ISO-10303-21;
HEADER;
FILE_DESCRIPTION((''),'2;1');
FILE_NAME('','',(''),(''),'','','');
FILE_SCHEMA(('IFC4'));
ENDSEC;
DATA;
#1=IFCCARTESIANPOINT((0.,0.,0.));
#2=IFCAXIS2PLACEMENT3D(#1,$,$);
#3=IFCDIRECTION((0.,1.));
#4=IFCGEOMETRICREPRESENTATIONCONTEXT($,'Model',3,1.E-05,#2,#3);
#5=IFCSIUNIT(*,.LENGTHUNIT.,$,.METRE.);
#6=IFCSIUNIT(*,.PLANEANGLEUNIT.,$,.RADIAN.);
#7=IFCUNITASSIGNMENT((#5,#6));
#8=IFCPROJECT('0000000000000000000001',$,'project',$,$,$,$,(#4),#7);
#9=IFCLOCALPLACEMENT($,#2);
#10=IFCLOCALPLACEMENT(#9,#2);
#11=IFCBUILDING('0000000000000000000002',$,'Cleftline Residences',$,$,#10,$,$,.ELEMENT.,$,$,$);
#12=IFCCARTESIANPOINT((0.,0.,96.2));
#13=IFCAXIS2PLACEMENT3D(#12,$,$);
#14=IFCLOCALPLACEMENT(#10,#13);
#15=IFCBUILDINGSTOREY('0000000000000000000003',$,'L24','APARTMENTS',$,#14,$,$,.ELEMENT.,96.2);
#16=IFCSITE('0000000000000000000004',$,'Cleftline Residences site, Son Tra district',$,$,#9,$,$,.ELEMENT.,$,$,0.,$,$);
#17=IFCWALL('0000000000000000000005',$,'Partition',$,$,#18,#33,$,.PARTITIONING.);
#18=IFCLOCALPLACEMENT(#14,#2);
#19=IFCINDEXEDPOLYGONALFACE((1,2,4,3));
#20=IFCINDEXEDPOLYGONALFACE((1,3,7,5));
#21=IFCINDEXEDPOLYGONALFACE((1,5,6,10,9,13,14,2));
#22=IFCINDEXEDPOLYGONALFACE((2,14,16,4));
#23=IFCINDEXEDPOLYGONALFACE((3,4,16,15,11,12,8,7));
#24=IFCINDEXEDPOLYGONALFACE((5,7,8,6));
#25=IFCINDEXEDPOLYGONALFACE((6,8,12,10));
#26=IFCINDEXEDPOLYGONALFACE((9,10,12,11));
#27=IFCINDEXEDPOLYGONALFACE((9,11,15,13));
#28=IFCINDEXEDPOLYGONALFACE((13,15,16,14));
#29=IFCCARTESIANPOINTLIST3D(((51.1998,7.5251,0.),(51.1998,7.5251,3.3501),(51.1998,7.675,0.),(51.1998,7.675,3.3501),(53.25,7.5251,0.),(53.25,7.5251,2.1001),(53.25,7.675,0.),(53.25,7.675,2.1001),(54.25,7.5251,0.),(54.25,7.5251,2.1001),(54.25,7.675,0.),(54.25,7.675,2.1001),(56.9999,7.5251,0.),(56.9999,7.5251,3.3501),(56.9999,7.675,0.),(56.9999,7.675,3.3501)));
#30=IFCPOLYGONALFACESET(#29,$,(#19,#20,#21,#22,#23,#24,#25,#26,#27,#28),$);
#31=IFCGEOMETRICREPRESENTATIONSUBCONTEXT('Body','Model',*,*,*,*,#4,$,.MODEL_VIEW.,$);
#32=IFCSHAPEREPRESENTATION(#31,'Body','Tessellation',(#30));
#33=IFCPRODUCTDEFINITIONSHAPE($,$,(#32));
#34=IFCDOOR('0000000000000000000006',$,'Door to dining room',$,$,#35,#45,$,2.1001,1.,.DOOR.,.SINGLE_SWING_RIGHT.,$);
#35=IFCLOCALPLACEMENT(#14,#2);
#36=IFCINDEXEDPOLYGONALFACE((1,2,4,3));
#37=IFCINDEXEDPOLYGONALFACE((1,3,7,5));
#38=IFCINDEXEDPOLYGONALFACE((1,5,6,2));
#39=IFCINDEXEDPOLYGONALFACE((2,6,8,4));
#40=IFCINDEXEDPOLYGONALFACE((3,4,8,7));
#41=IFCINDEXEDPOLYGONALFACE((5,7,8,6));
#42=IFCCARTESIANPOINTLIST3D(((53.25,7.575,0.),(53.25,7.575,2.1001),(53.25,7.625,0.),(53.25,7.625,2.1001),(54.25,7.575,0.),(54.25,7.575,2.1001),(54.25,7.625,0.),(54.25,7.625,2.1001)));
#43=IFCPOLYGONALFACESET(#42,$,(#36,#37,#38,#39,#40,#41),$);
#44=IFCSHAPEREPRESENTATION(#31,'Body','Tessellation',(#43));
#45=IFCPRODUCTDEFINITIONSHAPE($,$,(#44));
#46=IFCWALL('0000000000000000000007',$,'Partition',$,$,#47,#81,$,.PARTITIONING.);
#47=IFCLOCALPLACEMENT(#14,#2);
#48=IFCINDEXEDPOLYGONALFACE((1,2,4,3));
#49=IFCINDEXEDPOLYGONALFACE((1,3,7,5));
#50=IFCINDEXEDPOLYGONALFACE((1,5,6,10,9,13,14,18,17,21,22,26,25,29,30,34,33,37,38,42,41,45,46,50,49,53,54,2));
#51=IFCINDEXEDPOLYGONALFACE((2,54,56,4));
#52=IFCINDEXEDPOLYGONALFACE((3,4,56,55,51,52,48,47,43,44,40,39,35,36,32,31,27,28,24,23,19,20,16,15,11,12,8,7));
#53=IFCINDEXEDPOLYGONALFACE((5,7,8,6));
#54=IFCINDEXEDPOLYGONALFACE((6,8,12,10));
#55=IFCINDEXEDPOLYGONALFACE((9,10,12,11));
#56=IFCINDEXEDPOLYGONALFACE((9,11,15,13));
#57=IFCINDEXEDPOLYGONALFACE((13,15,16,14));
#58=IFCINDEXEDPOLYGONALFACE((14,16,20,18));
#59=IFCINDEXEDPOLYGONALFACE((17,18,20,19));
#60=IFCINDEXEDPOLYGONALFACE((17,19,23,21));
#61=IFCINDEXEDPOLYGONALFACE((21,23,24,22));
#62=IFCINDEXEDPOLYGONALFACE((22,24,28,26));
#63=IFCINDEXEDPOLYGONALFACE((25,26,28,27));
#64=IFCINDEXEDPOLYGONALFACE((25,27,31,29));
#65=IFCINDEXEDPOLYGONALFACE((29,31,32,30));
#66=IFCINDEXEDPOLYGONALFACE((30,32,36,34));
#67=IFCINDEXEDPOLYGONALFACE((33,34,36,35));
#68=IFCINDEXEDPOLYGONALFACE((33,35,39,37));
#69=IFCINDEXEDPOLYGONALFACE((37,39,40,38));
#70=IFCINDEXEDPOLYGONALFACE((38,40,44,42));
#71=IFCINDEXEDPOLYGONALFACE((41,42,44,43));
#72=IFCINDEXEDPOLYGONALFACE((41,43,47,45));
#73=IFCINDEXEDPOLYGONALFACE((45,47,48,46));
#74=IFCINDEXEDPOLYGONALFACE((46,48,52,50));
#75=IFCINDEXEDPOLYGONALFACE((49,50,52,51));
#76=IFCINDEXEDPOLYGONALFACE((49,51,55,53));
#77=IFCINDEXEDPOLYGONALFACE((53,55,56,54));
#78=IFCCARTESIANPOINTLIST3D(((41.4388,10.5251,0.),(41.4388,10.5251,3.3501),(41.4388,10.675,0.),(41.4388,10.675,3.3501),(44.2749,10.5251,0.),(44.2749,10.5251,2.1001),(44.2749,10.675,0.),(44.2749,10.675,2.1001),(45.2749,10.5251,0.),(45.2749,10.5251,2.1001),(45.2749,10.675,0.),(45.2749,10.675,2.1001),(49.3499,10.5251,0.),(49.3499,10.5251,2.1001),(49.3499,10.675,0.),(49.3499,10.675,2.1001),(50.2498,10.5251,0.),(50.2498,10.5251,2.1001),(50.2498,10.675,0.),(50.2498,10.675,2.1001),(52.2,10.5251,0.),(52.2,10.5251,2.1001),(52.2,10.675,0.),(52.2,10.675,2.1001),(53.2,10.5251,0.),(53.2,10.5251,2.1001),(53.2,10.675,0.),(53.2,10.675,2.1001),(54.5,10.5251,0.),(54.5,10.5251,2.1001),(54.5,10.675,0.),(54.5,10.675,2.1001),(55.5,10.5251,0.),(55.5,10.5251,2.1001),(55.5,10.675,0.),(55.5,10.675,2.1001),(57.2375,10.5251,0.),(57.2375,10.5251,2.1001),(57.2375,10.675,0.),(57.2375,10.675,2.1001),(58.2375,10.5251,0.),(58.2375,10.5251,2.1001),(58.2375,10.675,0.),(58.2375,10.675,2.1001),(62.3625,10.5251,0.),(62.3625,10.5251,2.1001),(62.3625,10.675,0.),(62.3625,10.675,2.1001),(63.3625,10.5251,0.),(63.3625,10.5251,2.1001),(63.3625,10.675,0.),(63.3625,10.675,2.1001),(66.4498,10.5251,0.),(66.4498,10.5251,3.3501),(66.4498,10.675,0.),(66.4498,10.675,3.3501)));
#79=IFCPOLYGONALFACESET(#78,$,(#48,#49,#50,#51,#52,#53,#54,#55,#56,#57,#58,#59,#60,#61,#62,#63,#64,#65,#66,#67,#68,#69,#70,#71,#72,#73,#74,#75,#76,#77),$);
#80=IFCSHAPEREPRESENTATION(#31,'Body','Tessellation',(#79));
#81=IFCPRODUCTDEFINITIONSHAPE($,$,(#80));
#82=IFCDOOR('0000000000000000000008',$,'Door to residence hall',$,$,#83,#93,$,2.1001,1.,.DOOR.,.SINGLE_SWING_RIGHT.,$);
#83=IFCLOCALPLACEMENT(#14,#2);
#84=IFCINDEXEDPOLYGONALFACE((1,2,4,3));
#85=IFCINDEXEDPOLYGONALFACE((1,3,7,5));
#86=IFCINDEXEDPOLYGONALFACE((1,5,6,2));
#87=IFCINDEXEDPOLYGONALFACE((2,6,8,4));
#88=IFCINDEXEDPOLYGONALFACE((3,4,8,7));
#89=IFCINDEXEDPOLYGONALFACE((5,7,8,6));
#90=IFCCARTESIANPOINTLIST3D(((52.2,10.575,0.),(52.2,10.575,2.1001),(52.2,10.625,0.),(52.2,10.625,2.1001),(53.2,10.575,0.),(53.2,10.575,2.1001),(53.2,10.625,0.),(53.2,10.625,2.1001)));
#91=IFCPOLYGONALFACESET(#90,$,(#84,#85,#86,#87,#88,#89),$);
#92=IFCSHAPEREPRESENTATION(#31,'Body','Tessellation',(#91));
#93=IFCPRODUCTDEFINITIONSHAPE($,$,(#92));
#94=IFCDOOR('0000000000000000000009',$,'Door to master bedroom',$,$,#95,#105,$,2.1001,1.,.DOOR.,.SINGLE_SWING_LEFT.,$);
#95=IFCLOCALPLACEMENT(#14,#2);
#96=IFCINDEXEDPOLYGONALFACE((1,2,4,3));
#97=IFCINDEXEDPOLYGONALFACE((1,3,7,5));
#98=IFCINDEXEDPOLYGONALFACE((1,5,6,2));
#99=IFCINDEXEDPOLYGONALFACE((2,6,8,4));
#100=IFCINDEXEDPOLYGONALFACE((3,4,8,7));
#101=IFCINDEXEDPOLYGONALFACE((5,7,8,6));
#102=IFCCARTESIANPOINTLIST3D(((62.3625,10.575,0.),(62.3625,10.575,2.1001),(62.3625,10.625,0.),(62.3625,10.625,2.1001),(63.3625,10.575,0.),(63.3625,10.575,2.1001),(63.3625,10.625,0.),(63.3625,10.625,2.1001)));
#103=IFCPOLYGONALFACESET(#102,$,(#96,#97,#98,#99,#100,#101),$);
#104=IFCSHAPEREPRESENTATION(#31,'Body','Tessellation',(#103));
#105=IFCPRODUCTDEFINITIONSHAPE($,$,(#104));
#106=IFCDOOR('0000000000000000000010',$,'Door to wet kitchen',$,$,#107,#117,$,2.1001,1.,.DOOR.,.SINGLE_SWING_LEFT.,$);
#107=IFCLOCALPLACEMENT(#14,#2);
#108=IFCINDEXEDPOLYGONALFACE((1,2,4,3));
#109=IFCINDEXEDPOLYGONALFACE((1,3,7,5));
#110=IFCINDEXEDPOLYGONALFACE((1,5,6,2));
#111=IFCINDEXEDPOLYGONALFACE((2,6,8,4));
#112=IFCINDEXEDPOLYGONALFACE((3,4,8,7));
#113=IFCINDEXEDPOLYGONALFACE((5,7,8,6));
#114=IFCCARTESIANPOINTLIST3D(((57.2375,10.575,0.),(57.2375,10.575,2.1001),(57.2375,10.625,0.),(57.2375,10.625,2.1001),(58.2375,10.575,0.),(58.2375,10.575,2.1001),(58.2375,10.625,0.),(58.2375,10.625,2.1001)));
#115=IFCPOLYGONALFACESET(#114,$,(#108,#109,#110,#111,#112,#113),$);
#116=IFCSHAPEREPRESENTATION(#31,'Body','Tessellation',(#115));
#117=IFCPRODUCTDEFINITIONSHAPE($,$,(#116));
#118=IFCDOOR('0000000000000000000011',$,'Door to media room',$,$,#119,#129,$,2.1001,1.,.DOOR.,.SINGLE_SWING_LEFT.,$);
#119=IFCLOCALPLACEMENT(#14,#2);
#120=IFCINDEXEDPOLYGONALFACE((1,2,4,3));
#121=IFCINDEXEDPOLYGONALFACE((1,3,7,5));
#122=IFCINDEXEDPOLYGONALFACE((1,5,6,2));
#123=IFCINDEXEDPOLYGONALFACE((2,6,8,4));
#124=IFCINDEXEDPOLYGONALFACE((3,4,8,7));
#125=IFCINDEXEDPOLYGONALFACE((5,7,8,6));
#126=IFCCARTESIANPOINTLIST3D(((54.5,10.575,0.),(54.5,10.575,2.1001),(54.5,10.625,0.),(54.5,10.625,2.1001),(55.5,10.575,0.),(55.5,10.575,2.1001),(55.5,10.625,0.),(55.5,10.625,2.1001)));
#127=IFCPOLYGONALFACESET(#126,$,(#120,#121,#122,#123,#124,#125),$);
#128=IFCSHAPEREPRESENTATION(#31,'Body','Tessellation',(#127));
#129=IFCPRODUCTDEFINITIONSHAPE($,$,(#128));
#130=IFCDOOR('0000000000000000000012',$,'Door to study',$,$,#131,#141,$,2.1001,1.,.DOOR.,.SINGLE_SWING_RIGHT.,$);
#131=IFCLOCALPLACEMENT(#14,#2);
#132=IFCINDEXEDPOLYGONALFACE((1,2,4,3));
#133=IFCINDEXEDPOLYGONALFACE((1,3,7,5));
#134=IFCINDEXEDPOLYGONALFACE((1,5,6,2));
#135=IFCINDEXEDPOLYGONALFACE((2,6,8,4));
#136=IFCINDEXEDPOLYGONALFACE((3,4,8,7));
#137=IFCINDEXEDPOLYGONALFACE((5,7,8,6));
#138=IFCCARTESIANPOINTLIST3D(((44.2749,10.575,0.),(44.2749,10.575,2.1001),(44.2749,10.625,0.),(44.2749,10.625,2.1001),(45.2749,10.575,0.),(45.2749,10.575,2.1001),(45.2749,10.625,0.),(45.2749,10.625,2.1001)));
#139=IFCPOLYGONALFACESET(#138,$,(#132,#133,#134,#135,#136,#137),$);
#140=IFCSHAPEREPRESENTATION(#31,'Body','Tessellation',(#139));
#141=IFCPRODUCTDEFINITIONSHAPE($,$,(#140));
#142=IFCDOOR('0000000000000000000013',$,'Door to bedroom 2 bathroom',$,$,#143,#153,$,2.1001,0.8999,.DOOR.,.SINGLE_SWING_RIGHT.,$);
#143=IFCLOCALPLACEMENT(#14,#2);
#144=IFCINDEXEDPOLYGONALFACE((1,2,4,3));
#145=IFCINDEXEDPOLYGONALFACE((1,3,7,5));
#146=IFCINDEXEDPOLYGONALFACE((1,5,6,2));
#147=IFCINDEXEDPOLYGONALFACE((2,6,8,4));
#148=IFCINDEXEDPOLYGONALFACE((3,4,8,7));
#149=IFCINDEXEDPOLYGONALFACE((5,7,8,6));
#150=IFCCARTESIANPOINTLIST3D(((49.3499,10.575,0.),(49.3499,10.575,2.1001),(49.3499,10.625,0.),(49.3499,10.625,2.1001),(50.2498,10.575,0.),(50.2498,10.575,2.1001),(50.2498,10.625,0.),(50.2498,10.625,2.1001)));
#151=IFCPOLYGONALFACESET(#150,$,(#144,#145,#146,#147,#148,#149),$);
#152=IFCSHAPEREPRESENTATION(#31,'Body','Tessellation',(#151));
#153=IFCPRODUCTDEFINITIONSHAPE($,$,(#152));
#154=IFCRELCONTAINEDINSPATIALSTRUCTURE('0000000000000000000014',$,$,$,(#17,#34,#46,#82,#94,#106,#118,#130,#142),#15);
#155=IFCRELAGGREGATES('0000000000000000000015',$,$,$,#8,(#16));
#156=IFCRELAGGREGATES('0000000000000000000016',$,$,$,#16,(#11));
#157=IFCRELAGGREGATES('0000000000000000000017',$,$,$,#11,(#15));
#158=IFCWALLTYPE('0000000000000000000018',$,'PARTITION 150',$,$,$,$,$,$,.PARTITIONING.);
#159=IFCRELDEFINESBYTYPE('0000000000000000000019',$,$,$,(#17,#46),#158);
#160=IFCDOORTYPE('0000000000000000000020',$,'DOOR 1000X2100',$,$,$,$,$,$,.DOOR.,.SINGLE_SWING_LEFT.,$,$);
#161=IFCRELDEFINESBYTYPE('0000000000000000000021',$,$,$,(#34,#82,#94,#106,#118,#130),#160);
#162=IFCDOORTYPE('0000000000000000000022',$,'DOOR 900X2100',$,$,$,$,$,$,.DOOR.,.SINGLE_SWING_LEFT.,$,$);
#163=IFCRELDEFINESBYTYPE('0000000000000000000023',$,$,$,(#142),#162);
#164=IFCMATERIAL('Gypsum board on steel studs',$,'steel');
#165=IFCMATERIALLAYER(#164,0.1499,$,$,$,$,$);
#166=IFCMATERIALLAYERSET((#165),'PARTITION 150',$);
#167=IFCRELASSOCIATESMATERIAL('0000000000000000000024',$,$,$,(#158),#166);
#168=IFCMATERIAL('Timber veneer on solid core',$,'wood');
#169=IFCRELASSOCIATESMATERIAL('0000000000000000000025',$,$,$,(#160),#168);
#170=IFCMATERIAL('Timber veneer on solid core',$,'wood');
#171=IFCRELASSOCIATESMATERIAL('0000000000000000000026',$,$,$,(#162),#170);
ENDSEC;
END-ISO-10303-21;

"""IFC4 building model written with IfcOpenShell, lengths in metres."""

from ifc_helpers import new_model, si_unit, direction, frame, frame_2d, origin, place, context, subcontext, project, spatial, rectangle, extrude, material, layer, layer_set, type_object, element, fill, save


model = new_model("IFC4")

# Units and contexts
model_context = context("Model", 3, precision=1e-05, world=origin(), true_north=direction((0.0, 1.0)))
body_context = subcontext(model_context, "Body", "Model", "MODEL_VIEW")
ifc_project = project(units=[si_unit("LENGTHUNIT", "METRE"), si_unit("PLANEANGLEUNIT", "RADIAN")], contexts=[model_context])

# Site, building, storey
site_placement = place(None, origin())
site = spatial("IfcSite", under=ifc_project, at=site_placement, Name="Cleftline Residences site, Son Tra district", CompositionType="ELEMENT", RefElevation=0.0)
building_placement = place(site_placement, origin())
building = spatial("IfcBuilding", under=site, at=building_placement, Name="Cleftline Residences", CompositionType="ELEMENT")
storey_placement = place(building_placement, frame((0.0, 0.0, 96.2)))
storey = spatial("IfcBuildingStorey", under=building, at=storey_placement, Name="L24", Description="APARTMENTS", CompositionType="ELEMENT", Elevation=96.2)

# Shared definitions
ifc_material_1 = material(Name="Gypsum board on steel studs", Category="steel")
ifc_layer_1 = layer(ifc_material_1, 0.1499)
ifc_layer_set_1 = layer_set([ifc_layer_1], Name="PARTITION 150")
wall_type = type_object("IfcWallType", Name="PARTITION 150", PredefinedType="PARTITIONING", material=ifc_layer_set_1)
ifc_material_2 = material(Name="Timber veneer on solid core", Category="wood")
door_type_1 = type_object("IfcDoorType", Name="DOOR 1000X2100", OperationType="SINGLE_SWING_LEFT", PredefinedType="DOOR", material=ifc_material_2)

# Wall, opening, door
wall_1_placement = place(storey_placement, frame((51.2, 7.6001, 0.0), z_axis=(0.0, 0.0, 1.0), x_axis=(1.0, 0.0, 0.0)))
wall_1 = element("IfcWall", 1, at=wall_1_placement, inside=storey, type_object=wall_type, Name="Partition", PredefinedType="PARTITIONING", context=body_context, shape_type="SweptSolid", body=[
    extrude(rectangle(XDim=5.8, YDim=0.1499, at=frame_2d((2.8999, 0.0))), origin(), (0.0, 0.0, 1.0), 3.3501),
])
opening_1_placement = place(wall_1_placement, frame((2.05, 0.0, 0.0)))
opening_1 = element("IfcOpeningElement", 2, at=opening_1_placement, cuts=wall_1, PredefinedType="OPENING", context=body_context, shape_type="SweptSolid", body=[
    extrude(rectangle(XDim=1.0, YDim=2.1001, at=frame_2d((0.5, 1.05))), frame((0.0, 0.085, 0.0), z_axis=(0.0, -1.0, 0.0), x_axis=(1.0, 0.0, 0.0)), (0.0, 0.0, 1.0), 0.1699),
])
door_1_placement = place(opening_1_placement, origin())
door_1 = element("IfcDoor", 3, at=door_1_placement, inside=storey, type_object=door_type_1, Name="Door to dining room", OperationType="SINGLE_SWING_RIGHT", OverallHeight=2.1001, OverallWidth=1.0, PredefinedType="DOOR", context=body_context, shape_type="SweptSolid", body=[
    extrude(rectangle(XDim=1.0, YDim=2.1001, at=frame_2d((0.5, 1.05))), frame((0.0, 0.0249, 0.0), z_axis=(0.0, -1.0, 0.0), x_axis=(1.0, 0.0, 0.0)), (0.0, 0.0, 1.0), 0.05),
])
fill(opening_1, door_1)

# Wall, openings, doors
wall_2_placement = place(storey_placement, frame((41.439, 10.6001, 0.0), z_axis=(0.0, 0.0, 1.0), x_axis=(1.0, 0.0, 0.0)))
wall_2 = element("IfcWall", 4, at=wall_2_placement, inside=storey, type_object=wall_type, Name="Partition", PredefinedType="PARTITIONING", context=body_context, shape_type="SweptSolid", body=[
    extrude(rectangle(XDim=25.011, YDim=0.1499, at=frame_2d((12.5054, 0.0))), origin(), (0.0, 0.0, 1.0), 3.3501),
])
opening_2_placement = place(wall_2_placement, frame((10.761, 0.0, 0.0)))
opening_2 = element("IfcOpeningElement", 5, at=opening_2_placement, cuts=wall_2, PredefinedType="OPENING", context=body_context, shape_type="SweptSolid", body=[
    extrude(rectangle(XDim=1.0, YDim=2.1001, at=frame_2d((0.5, 1.05))), frame((0.0, 0.085, 0.0), z_axis=(0.0, -1.0, 0.0), x_axis=(1.0, 0.0, 0.0)), (0.0, 0.0, 1.0), 0.1699),
])
opening_3_placement = place(wall_2_placement, frame((20.9236, 0.0, 0.0)))
opening_3 = element("IfcOpeningElement", 6, at=opening_3_placement, cuts=wall_2, PredefinedType="OPENING", context=body_context, shape_type="SweptSolid", body=[
    extrude(rectangle(XDim=1.0, YDim=2.1001, at=frame_2d((0.5, 1.05))), frame((0.0, 0.085, 0.0), z_axis=(0.0, -1.0, 0.0), x_axis=(1.0, 0.0, 0.0)), (0.0, 0.0, 1.0), 0.1699),
])
opening_4_placement = place(wall_2_placement, frame((15.7986, 0.0, 0.0)))
opening_4 = element("IfcOpeningElement", 7, at=opening_4_placement, cuts=wall_2, PredefinedType="OPENING", context=body_context, shape_type="SweptSolid", body=[
    extrude(rectangle(XDim=1.0, YDim=2.1001, at=frame_2d((0.5, 1.05))), frame((0.0, 0.085, 0.0), z_axis=(0.0, -1.0, 0.0), x_axis=(1.0, 0.0, 0.0)), (0.0, 0.0, 1.0), 0.1699),
])
opening_5_placement = place(wall_2_placement, frame((13.061, 0.0, 0.0)))
opening_5 = element("IfcOpeningElement", 8, at=opening_5_placement, cuts=wall_2, PredefinedType="OPENING", context=body_context, shape_type="SweptSolid", body=[
    extrude(rectangle(XDim=1.0, YDim=2.1001, at=frame_2d((0.5, 1.05))), frame((0.0, 0.085, 0.0), z_axis=(0.0, -1.0, 0.0), x_axis=(1.0, 0.0, 0.0)), (0.0, 0.0, 1.0), 0.1699),
])
opening_6_placement = place(wall_2_placement, frame((7.9109, 0.0, 0.0)))
opening_6 = element("IfcOpeningElement", 9, at=opening_6_placement, cuts=wall_2, PredefinedType="OPENING", context=body_context, shape_type="SweptSolid", body=[
    extrude(rectangle(XDim=0.8999, YDim=2.1001, at=frame_2d((0.45, 1.05))), frame((0.0, 0.085, 0.0), z_axis=(0.0, -1.0, 0.0), x_axis=(1.0, 0.0, 0.0)), (0.0, 0.0, 1.0), 0.1699),
])
opening_7_placement = place(wall_2_placement, frame((2.8359, 0.0, 0.0)))
opening_7 = element("IfcOpeningElement", 10, at=opening_7_placement, cuts=wall_2, PredefinedType="OPENING", context=body_context, shape_type="SweptSolid", body=[
    extrude(rectangle(XDim=1.0, YDim=2.1001, at=frame_2d((0.5, 1.05))), frame((0.0, 0.085, 0.0), z_axis=(0.0, -1.0, 0.0), x_axis=(1.0, 0.0, 0.0)), (0.0, 0.0, 1.0), 0.1699),
])
door_2_placement = place(opening_2_placement, origin())
door_2 = element("IfcDoor", 11, at=door_2_placement, inside=storey, type_object=door_type_1, Name="Door to residence hall", OperationType="SINGLE_SWING_RIGHT", OverallHeight=2.1001, OverallWidth=1.0, PredefinedType="DOOR", context=body_context, shape_type="SweptSolid", body=[
    extrude(rectangle(XDim=1.0, YDim=2.1001, at=frame_2d((0.5, 1.05))), frame((0.0, 0.0249, 0.0), z_axis=(0.0, -1.0, 0.0), x_axis=(1.0, 0.0, 0.0)), (0.0, 0.0, 1.0), 0.05),
])
fill(opening_2, door_2)
door_3_placement = place(opening_3_placement, origin())
door_3 = element("IfcDoor", 12, at=door_3_placement, inside=storey, type_object=door_type_1, Name="Door to master bedroom", OperationType="SINGLE_SWING_LEFT", OverallHeight=2.1001, OverallWidth=1.0, PredefinedType="DOOR", context=body_context, shape_type="SweptSolid", body=[
    extrude(rectangle(XDim=1.0, YDim=2.1001, at=frame_2d((0.5, 1.05))), frame((0.0, 0.0249, 0.0), z_axis=(0.0, -1.0, 0.0), x_axis=(1.0, 0.0, 0.0)), (0.0, 0.0, 1.0), 0.05),
])
fill(opening_3, door_3)
door_4_placement = place(opening_4_placement, origin())
door_4 = element("IfcDoor", 13, at=door_4_placement, inside=storey, type_object=door_type_1, Name="Door to wet kitchen", OperationType="SINGLE_SWING_LEFT", OverallHeight=2.1001, OverallWidth=1.0, PredefinedType="DOOR", context=body_context, shape_type="SweptSolid", body=[
    extrude(rectangle(XDim=1.0, YDim=2.1001, at=frame_2d((0.5, 1.05))), frame((0.0, 0.0249, 0.0), z_axis=(0.0, -1.0, 0.0), x_axis=(1.0, 0.0, 0.0)), (0.0, 0.0, 1.0), 0.05),
])
fill(opening_4, door_4)
door_5_placement = place(opening_5_placement, origin())
door_5 = element("IfcDoor", 14, at=door_5_placement, inside=storey, type_object=door_type_1, Name="Door to media room", OperationType="SINGLE_SWING_LEFT", OverallHeight=2.1001, OverallWidth=1.0, PredefinedType="DOOR", context=body_context, shape_type="SweptSolid", body=[
    extrude(rectangle(XDim=1.0, YDim=2.1001, at=frame_2d((0.5, 1.05))), frame((0.0, 0.0249, 0.0), z_axis=(0.0, -1.0, 0.0), x_axis=(1.0, 0.0, 0.0)), (0.0, 0.0, 1.0), 0.05),
])
fill(opening_5, door_5)
door_6_placement = place(opening_7_placement, origin())
door_6 = element("IfcDoor", 15, at=door_6_placement, inside=storey, type_object=door_type_1, Name="Door to study", OperationType="SINGLE_SWING_RIGHT", OverallHeight=2.1001, OverallWidth=1.0, PredefinedType="DOOR", context=body_context, shape_type="SweptSolid", body=[
    extrude(rectangle(XDim=1.0, YDim=2.1001, at=frame_2d((0.5, 1.05))), frame((0.0, 0.0249, 0.0), z_axis=(0.0, -1.0, 0.0), x_axis=(1.0, 0.0, 0.0)), (0.0, 0.0, 1.0), 0.05),
])
fill(opening_7, door_6)
ifc_material_3 = material(Name="Timber veneer on solid core", Category="wood")
door_type_2 = type_object("IfcDoorType", Name="DOOR 900X2100", OperationType="SINGLE_SWING_LEFT", PredefinedType="DOOR", material=ifc_material_3)
door_7_placement = place(opening_6_placement, origin())
door_7 = element("IfcDoor", 16, at=door_7_placement, inside=storey, type_object=door_type_2, Name="Door to bedroom 2 bathroom", OperationType="SINGLE_SWING_RIGHT", OverallHeight=2.1001, OverallWidth=0.8999, PredefinedType="DOOR", context=body_context, shape_type="SweptSolid", body=[
    extrude(rectangle(XDim=0.8999, YDim=2.1001, at=frame_2d((0.45, 1.05))), frame((0.0, 0.0249, 0.0), z_axis=(0.0, -1.0, 0.0), x_axis=(1.0, 0.0, 0.0)), (0.0, 0.0, 1.0), 0.05),
])
fill(opening_6, door_7)

save(model, "model.ifc")
